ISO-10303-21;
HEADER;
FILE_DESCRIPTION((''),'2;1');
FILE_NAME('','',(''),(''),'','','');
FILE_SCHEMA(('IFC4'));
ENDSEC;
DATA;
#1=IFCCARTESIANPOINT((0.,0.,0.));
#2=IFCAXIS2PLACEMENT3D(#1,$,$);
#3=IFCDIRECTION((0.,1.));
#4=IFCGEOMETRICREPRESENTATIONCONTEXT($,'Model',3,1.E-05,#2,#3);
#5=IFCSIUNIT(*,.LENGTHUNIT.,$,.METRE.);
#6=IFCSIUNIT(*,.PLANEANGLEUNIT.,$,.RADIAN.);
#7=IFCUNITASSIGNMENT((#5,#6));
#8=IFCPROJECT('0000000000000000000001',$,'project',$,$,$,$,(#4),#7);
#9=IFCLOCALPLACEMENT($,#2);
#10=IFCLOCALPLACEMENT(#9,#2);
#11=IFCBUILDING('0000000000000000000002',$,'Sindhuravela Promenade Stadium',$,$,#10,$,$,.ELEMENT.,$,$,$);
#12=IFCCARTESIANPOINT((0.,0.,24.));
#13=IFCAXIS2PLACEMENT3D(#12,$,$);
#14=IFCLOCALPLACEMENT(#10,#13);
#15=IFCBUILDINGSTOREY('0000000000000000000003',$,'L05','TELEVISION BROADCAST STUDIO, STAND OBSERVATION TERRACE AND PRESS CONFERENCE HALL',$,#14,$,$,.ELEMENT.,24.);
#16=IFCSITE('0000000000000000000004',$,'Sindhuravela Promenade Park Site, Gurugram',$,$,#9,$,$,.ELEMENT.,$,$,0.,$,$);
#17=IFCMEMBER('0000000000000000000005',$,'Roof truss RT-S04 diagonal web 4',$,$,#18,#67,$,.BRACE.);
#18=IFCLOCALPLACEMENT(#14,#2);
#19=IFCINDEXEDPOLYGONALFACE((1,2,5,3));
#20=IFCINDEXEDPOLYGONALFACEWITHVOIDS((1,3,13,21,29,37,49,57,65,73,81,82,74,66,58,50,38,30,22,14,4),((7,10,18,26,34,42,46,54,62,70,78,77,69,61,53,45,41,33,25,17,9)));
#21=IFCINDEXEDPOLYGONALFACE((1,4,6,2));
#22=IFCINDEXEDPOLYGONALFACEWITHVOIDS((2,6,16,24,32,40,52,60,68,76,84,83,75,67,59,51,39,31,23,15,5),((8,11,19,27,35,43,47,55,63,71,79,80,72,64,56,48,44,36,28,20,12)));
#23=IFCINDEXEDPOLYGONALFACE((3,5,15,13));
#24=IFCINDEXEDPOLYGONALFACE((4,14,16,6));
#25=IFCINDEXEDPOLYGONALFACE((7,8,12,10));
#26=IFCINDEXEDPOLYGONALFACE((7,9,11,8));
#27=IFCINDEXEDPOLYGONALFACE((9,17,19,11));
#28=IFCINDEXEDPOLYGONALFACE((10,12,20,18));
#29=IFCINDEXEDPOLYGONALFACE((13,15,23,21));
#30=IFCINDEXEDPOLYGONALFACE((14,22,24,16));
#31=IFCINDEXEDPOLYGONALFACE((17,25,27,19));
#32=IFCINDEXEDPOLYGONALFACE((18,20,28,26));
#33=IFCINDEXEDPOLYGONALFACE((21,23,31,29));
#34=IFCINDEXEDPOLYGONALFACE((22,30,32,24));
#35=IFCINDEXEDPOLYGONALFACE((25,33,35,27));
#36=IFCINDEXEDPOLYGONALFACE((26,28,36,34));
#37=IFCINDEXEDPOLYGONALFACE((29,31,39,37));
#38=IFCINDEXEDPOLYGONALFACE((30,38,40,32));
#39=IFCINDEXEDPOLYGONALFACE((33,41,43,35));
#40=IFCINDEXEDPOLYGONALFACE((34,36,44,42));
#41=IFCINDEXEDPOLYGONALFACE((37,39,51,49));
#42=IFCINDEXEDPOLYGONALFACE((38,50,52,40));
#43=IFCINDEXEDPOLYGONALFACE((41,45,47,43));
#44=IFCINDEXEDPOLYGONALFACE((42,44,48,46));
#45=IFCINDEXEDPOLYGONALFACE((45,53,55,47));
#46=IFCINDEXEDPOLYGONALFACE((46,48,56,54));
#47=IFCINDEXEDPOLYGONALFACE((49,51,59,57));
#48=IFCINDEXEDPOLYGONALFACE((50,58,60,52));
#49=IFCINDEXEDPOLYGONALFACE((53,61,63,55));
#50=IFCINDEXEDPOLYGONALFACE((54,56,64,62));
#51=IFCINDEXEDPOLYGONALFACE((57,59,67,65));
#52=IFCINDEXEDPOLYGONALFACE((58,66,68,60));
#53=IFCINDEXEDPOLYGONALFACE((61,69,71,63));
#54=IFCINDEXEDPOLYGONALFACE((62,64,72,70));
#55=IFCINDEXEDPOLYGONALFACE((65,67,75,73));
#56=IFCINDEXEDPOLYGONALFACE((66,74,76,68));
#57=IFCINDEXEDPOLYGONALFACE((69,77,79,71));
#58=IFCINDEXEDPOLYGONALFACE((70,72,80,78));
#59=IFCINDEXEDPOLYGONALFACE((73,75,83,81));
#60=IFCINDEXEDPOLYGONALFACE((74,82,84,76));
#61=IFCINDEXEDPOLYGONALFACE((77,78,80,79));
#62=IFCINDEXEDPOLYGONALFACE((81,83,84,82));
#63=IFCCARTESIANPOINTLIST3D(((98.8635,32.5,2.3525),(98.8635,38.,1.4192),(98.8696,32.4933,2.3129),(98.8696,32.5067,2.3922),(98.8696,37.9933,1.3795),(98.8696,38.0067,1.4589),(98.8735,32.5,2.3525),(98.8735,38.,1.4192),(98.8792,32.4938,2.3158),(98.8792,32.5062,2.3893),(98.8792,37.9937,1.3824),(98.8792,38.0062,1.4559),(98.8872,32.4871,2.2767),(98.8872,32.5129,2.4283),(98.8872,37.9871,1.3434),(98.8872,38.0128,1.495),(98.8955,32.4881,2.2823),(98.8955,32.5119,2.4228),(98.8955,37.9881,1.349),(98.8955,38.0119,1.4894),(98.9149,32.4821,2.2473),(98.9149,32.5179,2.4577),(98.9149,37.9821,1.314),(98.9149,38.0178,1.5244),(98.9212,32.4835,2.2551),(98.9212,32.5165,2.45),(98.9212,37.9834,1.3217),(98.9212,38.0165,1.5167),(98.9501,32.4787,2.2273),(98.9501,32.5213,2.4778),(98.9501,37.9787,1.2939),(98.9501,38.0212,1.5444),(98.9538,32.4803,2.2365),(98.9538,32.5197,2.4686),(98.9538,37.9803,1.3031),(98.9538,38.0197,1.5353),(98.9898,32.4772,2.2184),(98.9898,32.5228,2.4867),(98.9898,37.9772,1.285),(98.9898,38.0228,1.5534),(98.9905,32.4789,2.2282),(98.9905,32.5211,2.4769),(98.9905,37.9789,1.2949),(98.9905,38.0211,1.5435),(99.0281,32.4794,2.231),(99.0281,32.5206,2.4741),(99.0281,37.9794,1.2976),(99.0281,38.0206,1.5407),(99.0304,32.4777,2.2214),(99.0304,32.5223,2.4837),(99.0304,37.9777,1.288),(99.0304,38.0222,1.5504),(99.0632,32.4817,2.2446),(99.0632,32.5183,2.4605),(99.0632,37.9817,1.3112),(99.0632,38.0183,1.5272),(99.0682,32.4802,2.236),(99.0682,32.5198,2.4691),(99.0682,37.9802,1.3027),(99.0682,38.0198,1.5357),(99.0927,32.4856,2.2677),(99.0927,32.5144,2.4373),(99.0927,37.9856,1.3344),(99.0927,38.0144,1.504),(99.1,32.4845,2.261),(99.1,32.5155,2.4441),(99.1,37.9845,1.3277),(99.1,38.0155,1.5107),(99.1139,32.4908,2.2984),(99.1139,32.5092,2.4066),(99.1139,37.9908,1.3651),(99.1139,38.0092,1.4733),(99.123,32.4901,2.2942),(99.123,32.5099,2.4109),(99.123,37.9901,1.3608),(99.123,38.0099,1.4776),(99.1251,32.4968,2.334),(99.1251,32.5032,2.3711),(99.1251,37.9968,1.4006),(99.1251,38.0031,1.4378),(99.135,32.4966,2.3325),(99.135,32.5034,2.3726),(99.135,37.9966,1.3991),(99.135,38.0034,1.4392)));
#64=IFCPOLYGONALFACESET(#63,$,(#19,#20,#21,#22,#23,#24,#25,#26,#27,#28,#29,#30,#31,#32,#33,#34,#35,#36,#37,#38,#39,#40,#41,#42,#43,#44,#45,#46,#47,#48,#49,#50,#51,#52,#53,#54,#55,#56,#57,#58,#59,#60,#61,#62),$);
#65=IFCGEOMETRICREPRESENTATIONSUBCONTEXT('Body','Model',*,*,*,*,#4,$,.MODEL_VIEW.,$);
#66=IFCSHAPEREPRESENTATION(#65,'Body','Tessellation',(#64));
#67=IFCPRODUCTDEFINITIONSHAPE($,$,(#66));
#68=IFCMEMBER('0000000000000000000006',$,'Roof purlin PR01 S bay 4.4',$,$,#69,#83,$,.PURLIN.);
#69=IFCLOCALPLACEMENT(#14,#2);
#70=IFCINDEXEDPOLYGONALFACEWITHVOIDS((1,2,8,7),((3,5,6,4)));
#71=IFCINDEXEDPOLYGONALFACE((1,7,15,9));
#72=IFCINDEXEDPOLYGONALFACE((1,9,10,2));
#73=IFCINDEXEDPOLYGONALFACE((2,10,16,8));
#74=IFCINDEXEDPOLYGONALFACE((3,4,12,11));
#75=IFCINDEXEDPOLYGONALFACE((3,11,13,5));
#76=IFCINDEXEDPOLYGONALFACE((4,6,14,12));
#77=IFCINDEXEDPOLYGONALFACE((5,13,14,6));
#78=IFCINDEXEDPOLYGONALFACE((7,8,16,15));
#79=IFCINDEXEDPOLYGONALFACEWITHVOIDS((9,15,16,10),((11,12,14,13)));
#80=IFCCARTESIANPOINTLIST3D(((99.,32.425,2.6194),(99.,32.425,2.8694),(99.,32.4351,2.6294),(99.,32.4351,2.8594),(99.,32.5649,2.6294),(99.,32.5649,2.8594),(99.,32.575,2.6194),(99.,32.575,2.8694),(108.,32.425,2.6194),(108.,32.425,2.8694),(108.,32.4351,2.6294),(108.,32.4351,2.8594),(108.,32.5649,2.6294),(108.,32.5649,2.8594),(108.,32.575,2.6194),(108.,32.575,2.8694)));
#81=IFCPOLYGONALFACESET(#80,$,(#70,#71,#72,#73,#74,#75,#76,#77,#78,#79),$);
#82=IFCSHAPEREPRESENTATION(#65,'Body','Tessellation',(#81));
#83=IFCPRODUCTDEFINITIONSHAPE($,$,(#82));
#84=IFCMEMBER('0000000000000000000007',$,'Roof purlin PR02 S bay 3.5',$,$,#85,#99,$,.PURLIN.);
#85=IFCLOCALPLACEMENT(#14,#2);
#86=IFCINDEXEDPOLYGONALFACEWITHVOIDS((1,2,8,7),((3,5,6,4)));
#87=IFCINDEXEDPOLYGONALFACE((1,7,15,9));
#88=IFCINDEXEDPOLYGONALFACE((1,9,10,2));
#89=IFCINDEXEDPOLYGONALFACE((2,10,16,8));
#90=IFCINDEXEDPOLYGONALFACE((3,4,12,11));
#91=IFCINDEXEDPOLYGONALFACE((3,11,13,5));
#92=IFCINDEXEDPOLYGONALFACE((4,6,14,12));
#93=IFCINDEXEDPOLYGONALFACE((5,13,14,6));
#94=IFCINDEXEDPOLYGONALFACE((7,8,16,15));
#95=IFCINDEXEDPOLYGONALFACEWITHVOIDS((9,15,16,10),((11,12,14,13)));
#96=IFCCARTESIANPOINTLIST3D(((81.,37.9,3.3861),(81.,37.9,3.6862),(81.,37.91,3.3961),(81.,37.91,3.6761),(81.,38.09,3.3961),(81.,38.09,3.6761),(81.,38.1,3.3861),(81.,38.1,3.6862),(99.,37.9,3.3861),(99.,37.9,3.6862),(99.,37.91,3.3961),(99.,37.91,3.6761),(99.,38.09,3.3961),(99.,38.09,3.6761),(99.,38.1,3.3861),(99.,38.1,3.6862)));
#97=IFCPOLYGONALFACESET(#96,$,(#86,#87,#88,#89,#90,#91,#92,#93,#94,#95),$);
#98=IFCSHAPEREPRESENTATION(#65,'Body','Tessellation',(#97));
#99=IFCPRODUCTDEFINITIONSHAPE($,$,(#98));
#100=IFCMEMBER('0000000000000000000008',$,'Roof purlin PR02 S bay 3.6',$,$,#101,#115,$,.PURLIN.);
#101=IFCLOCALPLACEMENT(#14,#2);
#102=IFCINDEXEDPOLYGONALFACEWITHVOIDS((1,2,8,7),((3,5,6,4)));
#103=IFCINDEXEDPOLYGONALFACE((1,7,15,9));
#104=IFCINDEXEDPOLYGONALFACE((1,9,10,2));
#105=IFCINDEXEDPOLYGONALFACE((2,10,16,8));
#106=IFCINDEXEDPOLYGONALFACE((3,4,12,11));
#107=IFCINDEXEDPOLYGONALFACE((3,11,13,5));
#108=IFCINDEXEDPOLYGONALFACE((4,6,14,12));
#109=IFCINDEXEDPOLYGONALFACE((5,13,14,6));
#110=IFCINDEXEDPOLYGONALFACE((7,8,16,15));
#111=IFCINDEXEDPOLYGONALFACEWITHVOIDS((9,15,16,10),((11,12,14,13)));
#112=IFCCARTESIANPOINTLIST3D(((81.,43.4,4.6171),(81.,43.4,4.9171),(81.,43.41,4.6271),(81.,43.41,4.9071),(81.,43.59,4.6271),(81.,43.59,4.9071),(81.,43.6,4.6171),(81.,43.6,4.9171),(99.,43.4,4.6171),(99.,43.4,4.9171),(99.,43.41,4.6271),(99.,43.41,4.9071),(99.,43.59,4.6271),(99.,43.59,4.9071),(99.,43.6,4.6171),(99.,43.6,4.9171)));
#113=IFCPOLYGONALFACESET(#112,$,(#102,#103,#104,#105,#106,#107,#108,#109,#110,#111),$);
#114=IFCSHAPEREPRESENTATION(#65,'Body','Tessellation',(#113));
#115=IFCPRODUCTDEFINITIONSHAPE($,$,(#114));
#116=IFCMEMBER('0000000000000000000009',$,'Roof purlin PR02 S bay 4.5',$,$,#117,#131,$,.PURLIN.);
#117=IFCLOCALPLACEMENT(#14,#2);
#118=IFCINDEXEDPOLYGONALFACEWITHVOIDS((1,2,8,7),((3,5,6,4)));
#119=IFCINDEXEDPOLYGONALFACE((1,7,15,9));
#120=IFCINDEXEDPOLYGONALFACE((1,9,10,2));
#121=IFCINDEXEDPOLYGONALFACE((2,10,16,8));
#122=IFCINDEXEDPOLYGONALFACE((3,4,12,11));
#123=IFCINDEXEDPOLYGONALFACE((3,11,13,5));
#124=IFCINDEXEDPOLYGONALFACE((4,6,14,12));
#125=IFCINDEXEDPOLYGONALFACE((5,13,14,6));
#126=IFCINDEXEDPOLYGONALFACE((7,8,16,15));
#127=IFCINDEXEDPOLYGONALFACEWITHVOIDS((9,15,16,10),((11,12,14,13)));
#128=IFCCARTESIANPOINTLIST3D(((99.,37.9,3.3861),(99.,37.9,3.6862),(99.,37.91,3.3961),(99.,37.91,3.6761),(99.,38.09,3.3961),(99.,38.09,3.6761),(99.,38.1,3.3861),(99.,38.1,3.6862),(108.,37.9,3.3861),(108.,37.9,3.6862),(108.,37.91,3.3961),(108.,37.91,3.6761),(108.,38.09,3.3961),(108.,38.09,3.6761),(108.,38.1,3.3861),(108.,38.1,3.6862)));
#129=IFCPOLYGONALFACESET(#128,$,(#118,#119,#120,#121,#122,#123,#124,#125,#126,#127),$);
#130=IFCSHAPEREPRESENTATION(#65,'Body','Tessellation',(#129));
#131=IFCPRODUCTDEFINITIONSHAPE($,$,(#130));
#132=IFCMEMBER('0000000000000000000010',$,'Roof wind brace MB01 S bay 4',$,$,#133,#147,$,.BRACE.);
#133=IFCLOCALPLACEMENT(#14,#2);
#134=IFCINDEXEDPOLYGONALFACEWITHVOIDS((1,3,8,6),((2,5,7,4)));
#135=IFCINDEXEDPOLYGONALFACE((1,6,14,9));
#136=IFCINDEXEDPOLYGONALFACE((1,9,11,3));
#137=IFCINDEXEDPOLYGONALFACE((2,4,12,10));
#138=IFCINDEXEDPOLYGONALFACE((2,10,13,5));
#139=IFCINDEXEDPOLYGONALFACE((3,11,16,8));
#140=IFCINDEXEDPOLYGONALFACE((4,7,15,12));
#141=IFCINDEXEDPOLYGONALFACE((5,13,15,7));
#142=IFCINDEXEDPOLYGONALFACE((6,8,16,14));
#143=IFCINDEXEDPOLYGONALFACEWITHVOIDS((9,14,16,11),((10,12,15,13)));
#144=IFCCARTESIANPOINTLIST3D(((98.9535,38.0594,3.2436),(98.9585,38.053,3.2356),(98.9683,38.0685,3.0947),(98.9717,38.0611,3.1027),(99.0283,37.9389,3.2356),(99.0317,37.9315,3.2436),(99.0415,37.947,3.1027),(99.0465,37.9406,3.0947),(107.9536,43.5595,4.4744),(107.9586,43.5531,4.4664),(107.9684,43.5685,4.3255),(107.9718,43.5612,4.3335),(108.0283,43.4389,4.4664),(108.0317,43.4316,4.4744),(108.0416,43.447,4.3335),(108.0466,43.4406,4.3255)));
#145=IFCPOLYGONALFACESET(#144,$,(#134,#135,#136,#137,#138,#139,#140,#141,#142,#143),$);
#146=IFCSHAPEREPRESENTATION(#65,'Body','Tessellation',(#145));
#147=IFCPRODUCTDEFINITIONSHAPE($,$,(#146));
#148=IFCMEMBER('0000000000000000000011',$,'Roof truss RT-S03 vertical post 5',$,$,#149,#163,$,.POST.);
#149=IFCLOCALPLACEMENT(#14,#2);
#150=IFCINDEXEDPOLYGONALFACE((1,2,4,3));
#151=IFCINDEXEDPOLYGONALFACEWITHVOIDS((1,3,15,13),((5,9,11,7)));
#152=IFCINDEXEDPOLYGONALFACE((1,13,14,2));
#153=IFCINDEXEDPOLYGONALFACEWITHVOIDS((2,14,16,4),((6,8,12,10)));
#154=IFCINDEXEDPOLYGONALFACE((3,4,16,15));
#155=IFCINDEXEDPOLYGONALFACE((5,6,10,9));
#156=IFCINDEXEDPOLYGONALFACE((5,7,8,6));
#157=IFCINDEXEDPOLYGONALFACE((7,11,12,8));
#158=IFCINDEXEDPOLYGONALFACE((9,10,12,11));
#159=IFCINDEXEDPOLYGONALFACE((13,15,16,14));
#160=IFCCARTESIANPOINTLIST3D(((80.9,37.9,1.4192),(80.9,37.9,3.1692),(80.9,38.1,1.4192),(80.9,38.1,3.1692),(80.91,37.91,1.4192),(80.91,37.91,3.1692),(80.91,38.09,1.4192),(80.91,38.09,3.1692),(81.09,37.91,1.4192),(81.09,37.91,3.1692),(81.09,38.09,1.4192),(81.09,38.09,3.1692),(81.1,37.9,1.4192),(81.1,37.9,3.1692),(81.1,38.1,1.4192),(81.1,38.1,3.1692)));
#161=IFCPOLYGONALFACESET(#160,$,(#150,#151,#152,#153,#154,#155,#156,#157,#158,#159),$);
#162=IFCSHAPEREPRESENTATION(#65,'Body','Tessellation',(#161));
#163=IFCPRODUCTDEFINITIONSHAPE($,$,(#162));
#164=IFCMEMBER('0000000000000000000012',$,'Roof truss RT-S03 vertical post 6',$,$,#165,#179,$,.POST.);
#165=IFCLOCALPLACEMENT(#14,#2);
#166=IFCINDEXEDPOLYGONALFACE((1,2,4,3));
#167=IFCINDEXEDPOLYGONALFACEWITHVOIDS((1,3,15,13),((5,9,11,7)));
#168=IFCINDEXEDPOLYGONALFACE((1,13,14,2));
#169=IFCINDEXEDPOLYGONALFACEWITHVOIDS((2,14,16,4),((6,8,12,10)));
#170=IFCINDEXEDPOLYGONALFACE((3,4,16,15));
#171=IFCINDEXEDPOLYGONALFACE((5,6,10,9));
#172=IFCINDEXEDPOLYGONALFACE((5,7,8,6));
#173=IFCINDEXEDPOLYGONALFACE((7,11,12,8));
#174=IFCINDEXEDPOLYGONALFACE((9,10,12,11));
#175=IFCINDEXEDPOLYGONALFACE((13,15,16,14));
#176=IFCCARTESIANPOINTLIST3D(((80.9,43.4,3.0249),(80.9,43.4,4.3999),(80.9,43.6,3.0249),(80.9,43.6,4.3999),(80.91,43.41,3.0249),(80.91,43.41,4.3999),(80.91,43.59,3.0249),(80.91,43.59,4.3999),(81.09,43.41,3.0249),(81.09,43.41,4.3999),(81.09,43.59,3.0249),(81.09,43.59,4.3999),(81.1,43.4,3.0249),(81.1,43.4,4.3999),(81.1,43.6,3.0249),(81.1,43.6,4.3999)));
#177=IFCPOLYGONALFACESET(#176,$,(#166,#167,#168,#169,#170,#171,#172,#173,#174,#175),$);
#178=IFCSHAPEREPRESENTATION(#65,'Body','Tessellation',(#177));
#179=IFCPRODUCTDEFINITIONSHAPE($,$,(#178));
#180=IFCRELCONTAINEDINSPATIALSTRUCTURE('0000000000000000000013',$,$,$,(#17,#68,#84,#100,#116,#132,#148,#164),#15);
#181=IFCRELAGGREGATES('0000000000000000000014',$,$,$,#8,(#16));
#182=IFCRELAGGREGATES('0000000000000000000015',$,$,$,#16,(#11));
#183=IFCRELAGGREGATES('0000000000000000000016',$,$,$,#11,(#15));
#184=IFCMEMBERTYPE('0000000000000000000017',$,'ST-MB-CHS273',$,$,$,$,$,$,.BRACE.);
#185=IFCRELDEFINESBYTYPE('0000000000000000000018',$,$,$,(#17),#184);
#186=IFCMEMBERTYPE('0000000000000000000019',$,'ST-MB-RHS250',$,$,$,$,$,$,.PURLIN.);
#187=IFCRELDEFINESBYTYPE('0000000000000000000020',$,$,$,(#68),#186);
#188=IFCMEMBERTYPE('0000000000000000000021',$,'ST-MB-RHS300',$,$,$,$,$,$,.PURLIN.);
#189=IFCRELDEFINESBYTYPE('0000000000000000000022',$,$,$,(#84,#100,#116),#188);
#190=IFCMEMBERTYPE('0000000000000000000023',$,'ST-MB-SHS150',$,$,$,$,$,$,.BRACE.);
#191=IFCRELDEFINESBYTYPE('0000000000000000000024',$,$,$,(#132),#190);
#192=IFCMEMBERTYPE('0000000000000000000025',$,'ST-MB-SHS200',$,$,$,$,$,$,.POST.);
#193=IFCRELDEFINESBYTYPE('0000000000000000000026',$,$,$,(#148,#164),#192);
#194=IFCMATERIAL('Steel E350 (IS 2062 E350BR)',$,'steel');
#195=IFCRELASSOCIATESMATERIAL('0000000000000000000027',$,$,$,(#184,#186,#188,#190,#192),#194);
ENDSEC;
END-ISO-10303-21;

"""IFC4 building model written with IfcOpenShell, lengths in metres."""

from ifc_helpers import new_model, si_unit, direction, frame, origin, origin_2d, place, context, subcontext, project, spatial, hollow_rectangle, hollow_circle, extrude, material, material_profile, profile_set, type_object, element, save


model = new_model("IFC4")

# Units and contexts
model_context = context("Model", 3, precision=1e-05, world=origin(), true_north=direction((0.0, 1.0)))
body_context = subcontext(model_context, "Body", "Model", "MODEL_VIEW")
ifc_project = project(units=[si_unit("LENGTHUNIT", "METRE"), si_unit("PLANEANGLEUNIT", "RADIAN")], contexts=[model_context])

# Site, building, storey
site_placement = place(None, origin())
site = spatial("IfcSite", under=ifc_project, at=site_placement, Name="Sindhuravela Promenade Park Site, Gurugram", CompositionType="ELEMENT", RefElevation=0.0)
building_placement = place(site_placement, origin())
building = spatial("IfcBuilding", under=site, at=building_placement, Name="Sindhuravela Promenade Stadium", CompositionType="ELEMENT")
storey_placement = place(building_placement, frame((0.0, 0.0, 24.0)))
storey = spatial("IfcBuildingStorey", under=building, at=storey_placement, Name="L05", Description="TELEVISION BROADCAST STUDIO, STAND OBSERVATION TERRACE AND PRESS CONFERENCE HALL", CompositionType="ELEMENT", Elevation=24.0)

# Shared definitions
ifc_material_1 = material(Name="Steel E350 (IS 2062 E350BR)", Category="steel")

# Members
ifc_material_profile_1 = material_profile(ifc_material_1, hollow_circle(Radius=0.1365, WallThickness=0.01, at=origin_2d()), Name="CHS 273.0x10")
ifc_profile_set_1 = profile_set([ifc_material_profile_1], Name="Steel E350 (IS 2062 E350BR)")
member_type_1 = type_object("IfcMemberType", Name="ST-MB-CHS273", PredefinedType="BRACE", material=ifc_profile_set_1)
member_1_placement = place(storey_placement, frame((99.0, 32.5, 2.3525), z_axis=(0.0, 0.985905, -0.167308), x_axis=(-1.0, 0.0, 0.0)))
element("IfcMember", 1, at=member_1_placement, inside=storey, type_object=member_type_1, Name="Roof truss RT-S04 diagonal web 4", PredefinedType="BRACE", context=body_context, shape_type="SweptSolid", body=[
    extrude(hollow_circle(Radius=0.1365, WallThickness=0.01, at=origin_2d()), origin(), (0.0, 0.0, 1.0), 5.5786),
])
ifc_material_profile_2 = material_profile(ifc_material_1, hollow_rectangle(XDim=0.1499, YDim=0.25, WallThickness=0.01, at=origin_2d()), Name="RHS 250x150x10")
ifc_profile_set_2 = profile_set([ifc_material_profile_2], Name="Steel E350 (IS 2062 E350BR)")
member_type_2 = type_object("IfcMemberType", Name="ST-MB-RHS250", PredefinedType="PURLIN", material=ifc_profile_set_2)
member_2_placement = place(storey_placement, frame((99.0, 32.5, 2.7444), z_axis=(1.0, 0.0, 0.0), x_axis=(0.0, 1.0, 0.0)))
element("IfcMember", 2, at=member_2_placement, inside=storey, type_object=member_type_2, Name="Roof purlin PR01 S bay 4.4", PredefinedType="PURLIN", context=body_context, shape_type="SweptSolid", body=[
    extrude(hollow_rectangle(XDim=0.1499, YDim=0.25, WallThickness=0.01, at=origin_2d()), origin(), (0.0, 0.0, 1.0), 9.0),
])
ifc_material_profile_3 = material_profile(ifc_material_1, hollow_rectangle(XDim=0.2, YDim=0.3, WallThickness=0.01, at=origin_2d()), Name="RHS 300x200x10")
ifc_profile_set_3 = profile_set([ifc_material_profile_3], Name="Steel E350 (IS 2062 E350BR)")
member_type_3 = type_object("IfcMemberType", Name="ST-MB-RHS300", PredefinedType="PURLIN", material=ifc_profile_set_3)
for number, where, z_axis, x_axis, name in (
    (3, (81.0, 38.0, 3.5361), (1.0, 0.0, 0.0), (0.0, 1.0, 0.0), "Roof purlin PR02 S bay 3.5"),
    (4, (81.0, 43.5, 4.7671), (1.0, 0.0, 0.0), (0.0, 1.0, 0.0), "Roof purlin PR02 S bay 3.6"),
):
    element("IfcMember", number, at=place(storey_placement, frame(where, z_axis=z_axis, x_axis=x_axis)), inside=storey, type_object=member_type_3, Name=name, PredefinedType="PURLIN", context=body_context, shape_type="SweptSolid", body=[
        extrude(hollow_rectangle(XDim=0.2, YDim=0.3, WallThickness=0.01, at=origin_2d()), origin(), (0.0, 0.0, 1.0), 18.0),
    ])
member_3_placement = place(storey_placement, frame((99.0, 38.0, 3.5361), z_axis=(1.0, 0.0, 0.0), x_axis=(0.0, 1.0, 0.0)))
element("IfcMember", 5, at=member_3_placement, inside=storey, type_object=member_type_3, Name="Roof purlin PR02 S bay 4.5", PredefinedType="PURLIN", context=body_context, shape_type="SweptSolid", body=[
    extrude(hollow_rectangle(XDim=0.2, YDim=0.3, WallThickness=0.01, at=origin_2d()), origin(), (0.0, 0.0, 1.0), 9.0),
])
ifc_material_profile_4 = material_profile(ifc_material_1, hollow_rectangle(XDim=0.1499, YDim=0.1499, WallThickness=0.0081, at=origin_2d()), Name="SHS 150x150x8")
ifc_profile_set_4 = profile_set([ifc_material_profile_4], Name="Steel E350 (IS 2062 E350BR)")
member_type_4 = type_object("IfcMemberType", Name="ST-MB-SHS150", PredefinedType="BRACE", material=ifc_profile_set_4)
member_4_placement = place(storey_placement, frame((99.0, 38.0, 3.1692), z_axis=(0.847532, 0.517936, 0.115896), x_axis=(-0.52145, 0.853282, 0.0)))
element("IfcMember", 6, at=member_4_placement, inside=storey, type_object=member_type_4, Name="Roof wind brace MB01 S bay 4", PredefinedType="BRACE", context=body_context, shape_type="SweptSolid", body=[
    extrude(hollow_rectangle(XDim=0.1499, YDim=0.1499, WallThickness=0.0081, at=origin_2d()), origin(), (0.0, 0.0, 1.0), 10.6191),
])
ifc_material_profile_5 = material_profile(ifc_material_1, hollow_rectangle(XDim=0.2, YDim=0.2, WallThickness=0.01, at=origin_2d()), Name="SHS 200x200x10")
ifc_profile_set_5 = profile_set([ifc_material_profile_5], Name="Steel E350 (IS 2062 E350BR)")
member_type_5 = type_object("IfcMemberType", Name="ST-MB-SHS200", PredefinedType="POST", material=ifc_profile_set_5)
member_5_placement = place(storey_placement, frame((81.0, 38.0, 1.4192), z_axis=(0.0, 0.0, 1.0), x_axis=(1.0, 0.0, 0.0)))
element("IfcMember", 7, at=member_5_placement, inside=storey, type_object=member_type_5, Name="Roof truss RT-S03 vertical post 5", PredefinedType="POST", context=body_context, shape_type="SweptSolid", body=[
    extrude(hollow_rectangle(XDim=0.2, YDim=0.2, WallThickness=0.01, at=origin_2d()), origin(), (0.0, 0.0, 1.0), 1.75),
])
member_6_placement = place(storey_placement, frame((81.0, 43.5, 3.0249), z_axis=(0.0, 0.0, 1.0), x_axis=(1.0, 0.0, 0.0)))
element("IfcMember", 8, at=member_6_placement, inside=storey, type_object=member_type_5, Name="Roof truss RT-S03 vertical post 6", PredefinedType="POST", context=body_context, shape_type="SweptSolid", body=[
    extrude(hollow_rectangle(XDim=0.2, YDim=0.2, WallThickness=0.01, at=origin_2d()), origin(), (0.0, 0.0, 1.0), 1.375),
])

save(model, "model.ifc")
